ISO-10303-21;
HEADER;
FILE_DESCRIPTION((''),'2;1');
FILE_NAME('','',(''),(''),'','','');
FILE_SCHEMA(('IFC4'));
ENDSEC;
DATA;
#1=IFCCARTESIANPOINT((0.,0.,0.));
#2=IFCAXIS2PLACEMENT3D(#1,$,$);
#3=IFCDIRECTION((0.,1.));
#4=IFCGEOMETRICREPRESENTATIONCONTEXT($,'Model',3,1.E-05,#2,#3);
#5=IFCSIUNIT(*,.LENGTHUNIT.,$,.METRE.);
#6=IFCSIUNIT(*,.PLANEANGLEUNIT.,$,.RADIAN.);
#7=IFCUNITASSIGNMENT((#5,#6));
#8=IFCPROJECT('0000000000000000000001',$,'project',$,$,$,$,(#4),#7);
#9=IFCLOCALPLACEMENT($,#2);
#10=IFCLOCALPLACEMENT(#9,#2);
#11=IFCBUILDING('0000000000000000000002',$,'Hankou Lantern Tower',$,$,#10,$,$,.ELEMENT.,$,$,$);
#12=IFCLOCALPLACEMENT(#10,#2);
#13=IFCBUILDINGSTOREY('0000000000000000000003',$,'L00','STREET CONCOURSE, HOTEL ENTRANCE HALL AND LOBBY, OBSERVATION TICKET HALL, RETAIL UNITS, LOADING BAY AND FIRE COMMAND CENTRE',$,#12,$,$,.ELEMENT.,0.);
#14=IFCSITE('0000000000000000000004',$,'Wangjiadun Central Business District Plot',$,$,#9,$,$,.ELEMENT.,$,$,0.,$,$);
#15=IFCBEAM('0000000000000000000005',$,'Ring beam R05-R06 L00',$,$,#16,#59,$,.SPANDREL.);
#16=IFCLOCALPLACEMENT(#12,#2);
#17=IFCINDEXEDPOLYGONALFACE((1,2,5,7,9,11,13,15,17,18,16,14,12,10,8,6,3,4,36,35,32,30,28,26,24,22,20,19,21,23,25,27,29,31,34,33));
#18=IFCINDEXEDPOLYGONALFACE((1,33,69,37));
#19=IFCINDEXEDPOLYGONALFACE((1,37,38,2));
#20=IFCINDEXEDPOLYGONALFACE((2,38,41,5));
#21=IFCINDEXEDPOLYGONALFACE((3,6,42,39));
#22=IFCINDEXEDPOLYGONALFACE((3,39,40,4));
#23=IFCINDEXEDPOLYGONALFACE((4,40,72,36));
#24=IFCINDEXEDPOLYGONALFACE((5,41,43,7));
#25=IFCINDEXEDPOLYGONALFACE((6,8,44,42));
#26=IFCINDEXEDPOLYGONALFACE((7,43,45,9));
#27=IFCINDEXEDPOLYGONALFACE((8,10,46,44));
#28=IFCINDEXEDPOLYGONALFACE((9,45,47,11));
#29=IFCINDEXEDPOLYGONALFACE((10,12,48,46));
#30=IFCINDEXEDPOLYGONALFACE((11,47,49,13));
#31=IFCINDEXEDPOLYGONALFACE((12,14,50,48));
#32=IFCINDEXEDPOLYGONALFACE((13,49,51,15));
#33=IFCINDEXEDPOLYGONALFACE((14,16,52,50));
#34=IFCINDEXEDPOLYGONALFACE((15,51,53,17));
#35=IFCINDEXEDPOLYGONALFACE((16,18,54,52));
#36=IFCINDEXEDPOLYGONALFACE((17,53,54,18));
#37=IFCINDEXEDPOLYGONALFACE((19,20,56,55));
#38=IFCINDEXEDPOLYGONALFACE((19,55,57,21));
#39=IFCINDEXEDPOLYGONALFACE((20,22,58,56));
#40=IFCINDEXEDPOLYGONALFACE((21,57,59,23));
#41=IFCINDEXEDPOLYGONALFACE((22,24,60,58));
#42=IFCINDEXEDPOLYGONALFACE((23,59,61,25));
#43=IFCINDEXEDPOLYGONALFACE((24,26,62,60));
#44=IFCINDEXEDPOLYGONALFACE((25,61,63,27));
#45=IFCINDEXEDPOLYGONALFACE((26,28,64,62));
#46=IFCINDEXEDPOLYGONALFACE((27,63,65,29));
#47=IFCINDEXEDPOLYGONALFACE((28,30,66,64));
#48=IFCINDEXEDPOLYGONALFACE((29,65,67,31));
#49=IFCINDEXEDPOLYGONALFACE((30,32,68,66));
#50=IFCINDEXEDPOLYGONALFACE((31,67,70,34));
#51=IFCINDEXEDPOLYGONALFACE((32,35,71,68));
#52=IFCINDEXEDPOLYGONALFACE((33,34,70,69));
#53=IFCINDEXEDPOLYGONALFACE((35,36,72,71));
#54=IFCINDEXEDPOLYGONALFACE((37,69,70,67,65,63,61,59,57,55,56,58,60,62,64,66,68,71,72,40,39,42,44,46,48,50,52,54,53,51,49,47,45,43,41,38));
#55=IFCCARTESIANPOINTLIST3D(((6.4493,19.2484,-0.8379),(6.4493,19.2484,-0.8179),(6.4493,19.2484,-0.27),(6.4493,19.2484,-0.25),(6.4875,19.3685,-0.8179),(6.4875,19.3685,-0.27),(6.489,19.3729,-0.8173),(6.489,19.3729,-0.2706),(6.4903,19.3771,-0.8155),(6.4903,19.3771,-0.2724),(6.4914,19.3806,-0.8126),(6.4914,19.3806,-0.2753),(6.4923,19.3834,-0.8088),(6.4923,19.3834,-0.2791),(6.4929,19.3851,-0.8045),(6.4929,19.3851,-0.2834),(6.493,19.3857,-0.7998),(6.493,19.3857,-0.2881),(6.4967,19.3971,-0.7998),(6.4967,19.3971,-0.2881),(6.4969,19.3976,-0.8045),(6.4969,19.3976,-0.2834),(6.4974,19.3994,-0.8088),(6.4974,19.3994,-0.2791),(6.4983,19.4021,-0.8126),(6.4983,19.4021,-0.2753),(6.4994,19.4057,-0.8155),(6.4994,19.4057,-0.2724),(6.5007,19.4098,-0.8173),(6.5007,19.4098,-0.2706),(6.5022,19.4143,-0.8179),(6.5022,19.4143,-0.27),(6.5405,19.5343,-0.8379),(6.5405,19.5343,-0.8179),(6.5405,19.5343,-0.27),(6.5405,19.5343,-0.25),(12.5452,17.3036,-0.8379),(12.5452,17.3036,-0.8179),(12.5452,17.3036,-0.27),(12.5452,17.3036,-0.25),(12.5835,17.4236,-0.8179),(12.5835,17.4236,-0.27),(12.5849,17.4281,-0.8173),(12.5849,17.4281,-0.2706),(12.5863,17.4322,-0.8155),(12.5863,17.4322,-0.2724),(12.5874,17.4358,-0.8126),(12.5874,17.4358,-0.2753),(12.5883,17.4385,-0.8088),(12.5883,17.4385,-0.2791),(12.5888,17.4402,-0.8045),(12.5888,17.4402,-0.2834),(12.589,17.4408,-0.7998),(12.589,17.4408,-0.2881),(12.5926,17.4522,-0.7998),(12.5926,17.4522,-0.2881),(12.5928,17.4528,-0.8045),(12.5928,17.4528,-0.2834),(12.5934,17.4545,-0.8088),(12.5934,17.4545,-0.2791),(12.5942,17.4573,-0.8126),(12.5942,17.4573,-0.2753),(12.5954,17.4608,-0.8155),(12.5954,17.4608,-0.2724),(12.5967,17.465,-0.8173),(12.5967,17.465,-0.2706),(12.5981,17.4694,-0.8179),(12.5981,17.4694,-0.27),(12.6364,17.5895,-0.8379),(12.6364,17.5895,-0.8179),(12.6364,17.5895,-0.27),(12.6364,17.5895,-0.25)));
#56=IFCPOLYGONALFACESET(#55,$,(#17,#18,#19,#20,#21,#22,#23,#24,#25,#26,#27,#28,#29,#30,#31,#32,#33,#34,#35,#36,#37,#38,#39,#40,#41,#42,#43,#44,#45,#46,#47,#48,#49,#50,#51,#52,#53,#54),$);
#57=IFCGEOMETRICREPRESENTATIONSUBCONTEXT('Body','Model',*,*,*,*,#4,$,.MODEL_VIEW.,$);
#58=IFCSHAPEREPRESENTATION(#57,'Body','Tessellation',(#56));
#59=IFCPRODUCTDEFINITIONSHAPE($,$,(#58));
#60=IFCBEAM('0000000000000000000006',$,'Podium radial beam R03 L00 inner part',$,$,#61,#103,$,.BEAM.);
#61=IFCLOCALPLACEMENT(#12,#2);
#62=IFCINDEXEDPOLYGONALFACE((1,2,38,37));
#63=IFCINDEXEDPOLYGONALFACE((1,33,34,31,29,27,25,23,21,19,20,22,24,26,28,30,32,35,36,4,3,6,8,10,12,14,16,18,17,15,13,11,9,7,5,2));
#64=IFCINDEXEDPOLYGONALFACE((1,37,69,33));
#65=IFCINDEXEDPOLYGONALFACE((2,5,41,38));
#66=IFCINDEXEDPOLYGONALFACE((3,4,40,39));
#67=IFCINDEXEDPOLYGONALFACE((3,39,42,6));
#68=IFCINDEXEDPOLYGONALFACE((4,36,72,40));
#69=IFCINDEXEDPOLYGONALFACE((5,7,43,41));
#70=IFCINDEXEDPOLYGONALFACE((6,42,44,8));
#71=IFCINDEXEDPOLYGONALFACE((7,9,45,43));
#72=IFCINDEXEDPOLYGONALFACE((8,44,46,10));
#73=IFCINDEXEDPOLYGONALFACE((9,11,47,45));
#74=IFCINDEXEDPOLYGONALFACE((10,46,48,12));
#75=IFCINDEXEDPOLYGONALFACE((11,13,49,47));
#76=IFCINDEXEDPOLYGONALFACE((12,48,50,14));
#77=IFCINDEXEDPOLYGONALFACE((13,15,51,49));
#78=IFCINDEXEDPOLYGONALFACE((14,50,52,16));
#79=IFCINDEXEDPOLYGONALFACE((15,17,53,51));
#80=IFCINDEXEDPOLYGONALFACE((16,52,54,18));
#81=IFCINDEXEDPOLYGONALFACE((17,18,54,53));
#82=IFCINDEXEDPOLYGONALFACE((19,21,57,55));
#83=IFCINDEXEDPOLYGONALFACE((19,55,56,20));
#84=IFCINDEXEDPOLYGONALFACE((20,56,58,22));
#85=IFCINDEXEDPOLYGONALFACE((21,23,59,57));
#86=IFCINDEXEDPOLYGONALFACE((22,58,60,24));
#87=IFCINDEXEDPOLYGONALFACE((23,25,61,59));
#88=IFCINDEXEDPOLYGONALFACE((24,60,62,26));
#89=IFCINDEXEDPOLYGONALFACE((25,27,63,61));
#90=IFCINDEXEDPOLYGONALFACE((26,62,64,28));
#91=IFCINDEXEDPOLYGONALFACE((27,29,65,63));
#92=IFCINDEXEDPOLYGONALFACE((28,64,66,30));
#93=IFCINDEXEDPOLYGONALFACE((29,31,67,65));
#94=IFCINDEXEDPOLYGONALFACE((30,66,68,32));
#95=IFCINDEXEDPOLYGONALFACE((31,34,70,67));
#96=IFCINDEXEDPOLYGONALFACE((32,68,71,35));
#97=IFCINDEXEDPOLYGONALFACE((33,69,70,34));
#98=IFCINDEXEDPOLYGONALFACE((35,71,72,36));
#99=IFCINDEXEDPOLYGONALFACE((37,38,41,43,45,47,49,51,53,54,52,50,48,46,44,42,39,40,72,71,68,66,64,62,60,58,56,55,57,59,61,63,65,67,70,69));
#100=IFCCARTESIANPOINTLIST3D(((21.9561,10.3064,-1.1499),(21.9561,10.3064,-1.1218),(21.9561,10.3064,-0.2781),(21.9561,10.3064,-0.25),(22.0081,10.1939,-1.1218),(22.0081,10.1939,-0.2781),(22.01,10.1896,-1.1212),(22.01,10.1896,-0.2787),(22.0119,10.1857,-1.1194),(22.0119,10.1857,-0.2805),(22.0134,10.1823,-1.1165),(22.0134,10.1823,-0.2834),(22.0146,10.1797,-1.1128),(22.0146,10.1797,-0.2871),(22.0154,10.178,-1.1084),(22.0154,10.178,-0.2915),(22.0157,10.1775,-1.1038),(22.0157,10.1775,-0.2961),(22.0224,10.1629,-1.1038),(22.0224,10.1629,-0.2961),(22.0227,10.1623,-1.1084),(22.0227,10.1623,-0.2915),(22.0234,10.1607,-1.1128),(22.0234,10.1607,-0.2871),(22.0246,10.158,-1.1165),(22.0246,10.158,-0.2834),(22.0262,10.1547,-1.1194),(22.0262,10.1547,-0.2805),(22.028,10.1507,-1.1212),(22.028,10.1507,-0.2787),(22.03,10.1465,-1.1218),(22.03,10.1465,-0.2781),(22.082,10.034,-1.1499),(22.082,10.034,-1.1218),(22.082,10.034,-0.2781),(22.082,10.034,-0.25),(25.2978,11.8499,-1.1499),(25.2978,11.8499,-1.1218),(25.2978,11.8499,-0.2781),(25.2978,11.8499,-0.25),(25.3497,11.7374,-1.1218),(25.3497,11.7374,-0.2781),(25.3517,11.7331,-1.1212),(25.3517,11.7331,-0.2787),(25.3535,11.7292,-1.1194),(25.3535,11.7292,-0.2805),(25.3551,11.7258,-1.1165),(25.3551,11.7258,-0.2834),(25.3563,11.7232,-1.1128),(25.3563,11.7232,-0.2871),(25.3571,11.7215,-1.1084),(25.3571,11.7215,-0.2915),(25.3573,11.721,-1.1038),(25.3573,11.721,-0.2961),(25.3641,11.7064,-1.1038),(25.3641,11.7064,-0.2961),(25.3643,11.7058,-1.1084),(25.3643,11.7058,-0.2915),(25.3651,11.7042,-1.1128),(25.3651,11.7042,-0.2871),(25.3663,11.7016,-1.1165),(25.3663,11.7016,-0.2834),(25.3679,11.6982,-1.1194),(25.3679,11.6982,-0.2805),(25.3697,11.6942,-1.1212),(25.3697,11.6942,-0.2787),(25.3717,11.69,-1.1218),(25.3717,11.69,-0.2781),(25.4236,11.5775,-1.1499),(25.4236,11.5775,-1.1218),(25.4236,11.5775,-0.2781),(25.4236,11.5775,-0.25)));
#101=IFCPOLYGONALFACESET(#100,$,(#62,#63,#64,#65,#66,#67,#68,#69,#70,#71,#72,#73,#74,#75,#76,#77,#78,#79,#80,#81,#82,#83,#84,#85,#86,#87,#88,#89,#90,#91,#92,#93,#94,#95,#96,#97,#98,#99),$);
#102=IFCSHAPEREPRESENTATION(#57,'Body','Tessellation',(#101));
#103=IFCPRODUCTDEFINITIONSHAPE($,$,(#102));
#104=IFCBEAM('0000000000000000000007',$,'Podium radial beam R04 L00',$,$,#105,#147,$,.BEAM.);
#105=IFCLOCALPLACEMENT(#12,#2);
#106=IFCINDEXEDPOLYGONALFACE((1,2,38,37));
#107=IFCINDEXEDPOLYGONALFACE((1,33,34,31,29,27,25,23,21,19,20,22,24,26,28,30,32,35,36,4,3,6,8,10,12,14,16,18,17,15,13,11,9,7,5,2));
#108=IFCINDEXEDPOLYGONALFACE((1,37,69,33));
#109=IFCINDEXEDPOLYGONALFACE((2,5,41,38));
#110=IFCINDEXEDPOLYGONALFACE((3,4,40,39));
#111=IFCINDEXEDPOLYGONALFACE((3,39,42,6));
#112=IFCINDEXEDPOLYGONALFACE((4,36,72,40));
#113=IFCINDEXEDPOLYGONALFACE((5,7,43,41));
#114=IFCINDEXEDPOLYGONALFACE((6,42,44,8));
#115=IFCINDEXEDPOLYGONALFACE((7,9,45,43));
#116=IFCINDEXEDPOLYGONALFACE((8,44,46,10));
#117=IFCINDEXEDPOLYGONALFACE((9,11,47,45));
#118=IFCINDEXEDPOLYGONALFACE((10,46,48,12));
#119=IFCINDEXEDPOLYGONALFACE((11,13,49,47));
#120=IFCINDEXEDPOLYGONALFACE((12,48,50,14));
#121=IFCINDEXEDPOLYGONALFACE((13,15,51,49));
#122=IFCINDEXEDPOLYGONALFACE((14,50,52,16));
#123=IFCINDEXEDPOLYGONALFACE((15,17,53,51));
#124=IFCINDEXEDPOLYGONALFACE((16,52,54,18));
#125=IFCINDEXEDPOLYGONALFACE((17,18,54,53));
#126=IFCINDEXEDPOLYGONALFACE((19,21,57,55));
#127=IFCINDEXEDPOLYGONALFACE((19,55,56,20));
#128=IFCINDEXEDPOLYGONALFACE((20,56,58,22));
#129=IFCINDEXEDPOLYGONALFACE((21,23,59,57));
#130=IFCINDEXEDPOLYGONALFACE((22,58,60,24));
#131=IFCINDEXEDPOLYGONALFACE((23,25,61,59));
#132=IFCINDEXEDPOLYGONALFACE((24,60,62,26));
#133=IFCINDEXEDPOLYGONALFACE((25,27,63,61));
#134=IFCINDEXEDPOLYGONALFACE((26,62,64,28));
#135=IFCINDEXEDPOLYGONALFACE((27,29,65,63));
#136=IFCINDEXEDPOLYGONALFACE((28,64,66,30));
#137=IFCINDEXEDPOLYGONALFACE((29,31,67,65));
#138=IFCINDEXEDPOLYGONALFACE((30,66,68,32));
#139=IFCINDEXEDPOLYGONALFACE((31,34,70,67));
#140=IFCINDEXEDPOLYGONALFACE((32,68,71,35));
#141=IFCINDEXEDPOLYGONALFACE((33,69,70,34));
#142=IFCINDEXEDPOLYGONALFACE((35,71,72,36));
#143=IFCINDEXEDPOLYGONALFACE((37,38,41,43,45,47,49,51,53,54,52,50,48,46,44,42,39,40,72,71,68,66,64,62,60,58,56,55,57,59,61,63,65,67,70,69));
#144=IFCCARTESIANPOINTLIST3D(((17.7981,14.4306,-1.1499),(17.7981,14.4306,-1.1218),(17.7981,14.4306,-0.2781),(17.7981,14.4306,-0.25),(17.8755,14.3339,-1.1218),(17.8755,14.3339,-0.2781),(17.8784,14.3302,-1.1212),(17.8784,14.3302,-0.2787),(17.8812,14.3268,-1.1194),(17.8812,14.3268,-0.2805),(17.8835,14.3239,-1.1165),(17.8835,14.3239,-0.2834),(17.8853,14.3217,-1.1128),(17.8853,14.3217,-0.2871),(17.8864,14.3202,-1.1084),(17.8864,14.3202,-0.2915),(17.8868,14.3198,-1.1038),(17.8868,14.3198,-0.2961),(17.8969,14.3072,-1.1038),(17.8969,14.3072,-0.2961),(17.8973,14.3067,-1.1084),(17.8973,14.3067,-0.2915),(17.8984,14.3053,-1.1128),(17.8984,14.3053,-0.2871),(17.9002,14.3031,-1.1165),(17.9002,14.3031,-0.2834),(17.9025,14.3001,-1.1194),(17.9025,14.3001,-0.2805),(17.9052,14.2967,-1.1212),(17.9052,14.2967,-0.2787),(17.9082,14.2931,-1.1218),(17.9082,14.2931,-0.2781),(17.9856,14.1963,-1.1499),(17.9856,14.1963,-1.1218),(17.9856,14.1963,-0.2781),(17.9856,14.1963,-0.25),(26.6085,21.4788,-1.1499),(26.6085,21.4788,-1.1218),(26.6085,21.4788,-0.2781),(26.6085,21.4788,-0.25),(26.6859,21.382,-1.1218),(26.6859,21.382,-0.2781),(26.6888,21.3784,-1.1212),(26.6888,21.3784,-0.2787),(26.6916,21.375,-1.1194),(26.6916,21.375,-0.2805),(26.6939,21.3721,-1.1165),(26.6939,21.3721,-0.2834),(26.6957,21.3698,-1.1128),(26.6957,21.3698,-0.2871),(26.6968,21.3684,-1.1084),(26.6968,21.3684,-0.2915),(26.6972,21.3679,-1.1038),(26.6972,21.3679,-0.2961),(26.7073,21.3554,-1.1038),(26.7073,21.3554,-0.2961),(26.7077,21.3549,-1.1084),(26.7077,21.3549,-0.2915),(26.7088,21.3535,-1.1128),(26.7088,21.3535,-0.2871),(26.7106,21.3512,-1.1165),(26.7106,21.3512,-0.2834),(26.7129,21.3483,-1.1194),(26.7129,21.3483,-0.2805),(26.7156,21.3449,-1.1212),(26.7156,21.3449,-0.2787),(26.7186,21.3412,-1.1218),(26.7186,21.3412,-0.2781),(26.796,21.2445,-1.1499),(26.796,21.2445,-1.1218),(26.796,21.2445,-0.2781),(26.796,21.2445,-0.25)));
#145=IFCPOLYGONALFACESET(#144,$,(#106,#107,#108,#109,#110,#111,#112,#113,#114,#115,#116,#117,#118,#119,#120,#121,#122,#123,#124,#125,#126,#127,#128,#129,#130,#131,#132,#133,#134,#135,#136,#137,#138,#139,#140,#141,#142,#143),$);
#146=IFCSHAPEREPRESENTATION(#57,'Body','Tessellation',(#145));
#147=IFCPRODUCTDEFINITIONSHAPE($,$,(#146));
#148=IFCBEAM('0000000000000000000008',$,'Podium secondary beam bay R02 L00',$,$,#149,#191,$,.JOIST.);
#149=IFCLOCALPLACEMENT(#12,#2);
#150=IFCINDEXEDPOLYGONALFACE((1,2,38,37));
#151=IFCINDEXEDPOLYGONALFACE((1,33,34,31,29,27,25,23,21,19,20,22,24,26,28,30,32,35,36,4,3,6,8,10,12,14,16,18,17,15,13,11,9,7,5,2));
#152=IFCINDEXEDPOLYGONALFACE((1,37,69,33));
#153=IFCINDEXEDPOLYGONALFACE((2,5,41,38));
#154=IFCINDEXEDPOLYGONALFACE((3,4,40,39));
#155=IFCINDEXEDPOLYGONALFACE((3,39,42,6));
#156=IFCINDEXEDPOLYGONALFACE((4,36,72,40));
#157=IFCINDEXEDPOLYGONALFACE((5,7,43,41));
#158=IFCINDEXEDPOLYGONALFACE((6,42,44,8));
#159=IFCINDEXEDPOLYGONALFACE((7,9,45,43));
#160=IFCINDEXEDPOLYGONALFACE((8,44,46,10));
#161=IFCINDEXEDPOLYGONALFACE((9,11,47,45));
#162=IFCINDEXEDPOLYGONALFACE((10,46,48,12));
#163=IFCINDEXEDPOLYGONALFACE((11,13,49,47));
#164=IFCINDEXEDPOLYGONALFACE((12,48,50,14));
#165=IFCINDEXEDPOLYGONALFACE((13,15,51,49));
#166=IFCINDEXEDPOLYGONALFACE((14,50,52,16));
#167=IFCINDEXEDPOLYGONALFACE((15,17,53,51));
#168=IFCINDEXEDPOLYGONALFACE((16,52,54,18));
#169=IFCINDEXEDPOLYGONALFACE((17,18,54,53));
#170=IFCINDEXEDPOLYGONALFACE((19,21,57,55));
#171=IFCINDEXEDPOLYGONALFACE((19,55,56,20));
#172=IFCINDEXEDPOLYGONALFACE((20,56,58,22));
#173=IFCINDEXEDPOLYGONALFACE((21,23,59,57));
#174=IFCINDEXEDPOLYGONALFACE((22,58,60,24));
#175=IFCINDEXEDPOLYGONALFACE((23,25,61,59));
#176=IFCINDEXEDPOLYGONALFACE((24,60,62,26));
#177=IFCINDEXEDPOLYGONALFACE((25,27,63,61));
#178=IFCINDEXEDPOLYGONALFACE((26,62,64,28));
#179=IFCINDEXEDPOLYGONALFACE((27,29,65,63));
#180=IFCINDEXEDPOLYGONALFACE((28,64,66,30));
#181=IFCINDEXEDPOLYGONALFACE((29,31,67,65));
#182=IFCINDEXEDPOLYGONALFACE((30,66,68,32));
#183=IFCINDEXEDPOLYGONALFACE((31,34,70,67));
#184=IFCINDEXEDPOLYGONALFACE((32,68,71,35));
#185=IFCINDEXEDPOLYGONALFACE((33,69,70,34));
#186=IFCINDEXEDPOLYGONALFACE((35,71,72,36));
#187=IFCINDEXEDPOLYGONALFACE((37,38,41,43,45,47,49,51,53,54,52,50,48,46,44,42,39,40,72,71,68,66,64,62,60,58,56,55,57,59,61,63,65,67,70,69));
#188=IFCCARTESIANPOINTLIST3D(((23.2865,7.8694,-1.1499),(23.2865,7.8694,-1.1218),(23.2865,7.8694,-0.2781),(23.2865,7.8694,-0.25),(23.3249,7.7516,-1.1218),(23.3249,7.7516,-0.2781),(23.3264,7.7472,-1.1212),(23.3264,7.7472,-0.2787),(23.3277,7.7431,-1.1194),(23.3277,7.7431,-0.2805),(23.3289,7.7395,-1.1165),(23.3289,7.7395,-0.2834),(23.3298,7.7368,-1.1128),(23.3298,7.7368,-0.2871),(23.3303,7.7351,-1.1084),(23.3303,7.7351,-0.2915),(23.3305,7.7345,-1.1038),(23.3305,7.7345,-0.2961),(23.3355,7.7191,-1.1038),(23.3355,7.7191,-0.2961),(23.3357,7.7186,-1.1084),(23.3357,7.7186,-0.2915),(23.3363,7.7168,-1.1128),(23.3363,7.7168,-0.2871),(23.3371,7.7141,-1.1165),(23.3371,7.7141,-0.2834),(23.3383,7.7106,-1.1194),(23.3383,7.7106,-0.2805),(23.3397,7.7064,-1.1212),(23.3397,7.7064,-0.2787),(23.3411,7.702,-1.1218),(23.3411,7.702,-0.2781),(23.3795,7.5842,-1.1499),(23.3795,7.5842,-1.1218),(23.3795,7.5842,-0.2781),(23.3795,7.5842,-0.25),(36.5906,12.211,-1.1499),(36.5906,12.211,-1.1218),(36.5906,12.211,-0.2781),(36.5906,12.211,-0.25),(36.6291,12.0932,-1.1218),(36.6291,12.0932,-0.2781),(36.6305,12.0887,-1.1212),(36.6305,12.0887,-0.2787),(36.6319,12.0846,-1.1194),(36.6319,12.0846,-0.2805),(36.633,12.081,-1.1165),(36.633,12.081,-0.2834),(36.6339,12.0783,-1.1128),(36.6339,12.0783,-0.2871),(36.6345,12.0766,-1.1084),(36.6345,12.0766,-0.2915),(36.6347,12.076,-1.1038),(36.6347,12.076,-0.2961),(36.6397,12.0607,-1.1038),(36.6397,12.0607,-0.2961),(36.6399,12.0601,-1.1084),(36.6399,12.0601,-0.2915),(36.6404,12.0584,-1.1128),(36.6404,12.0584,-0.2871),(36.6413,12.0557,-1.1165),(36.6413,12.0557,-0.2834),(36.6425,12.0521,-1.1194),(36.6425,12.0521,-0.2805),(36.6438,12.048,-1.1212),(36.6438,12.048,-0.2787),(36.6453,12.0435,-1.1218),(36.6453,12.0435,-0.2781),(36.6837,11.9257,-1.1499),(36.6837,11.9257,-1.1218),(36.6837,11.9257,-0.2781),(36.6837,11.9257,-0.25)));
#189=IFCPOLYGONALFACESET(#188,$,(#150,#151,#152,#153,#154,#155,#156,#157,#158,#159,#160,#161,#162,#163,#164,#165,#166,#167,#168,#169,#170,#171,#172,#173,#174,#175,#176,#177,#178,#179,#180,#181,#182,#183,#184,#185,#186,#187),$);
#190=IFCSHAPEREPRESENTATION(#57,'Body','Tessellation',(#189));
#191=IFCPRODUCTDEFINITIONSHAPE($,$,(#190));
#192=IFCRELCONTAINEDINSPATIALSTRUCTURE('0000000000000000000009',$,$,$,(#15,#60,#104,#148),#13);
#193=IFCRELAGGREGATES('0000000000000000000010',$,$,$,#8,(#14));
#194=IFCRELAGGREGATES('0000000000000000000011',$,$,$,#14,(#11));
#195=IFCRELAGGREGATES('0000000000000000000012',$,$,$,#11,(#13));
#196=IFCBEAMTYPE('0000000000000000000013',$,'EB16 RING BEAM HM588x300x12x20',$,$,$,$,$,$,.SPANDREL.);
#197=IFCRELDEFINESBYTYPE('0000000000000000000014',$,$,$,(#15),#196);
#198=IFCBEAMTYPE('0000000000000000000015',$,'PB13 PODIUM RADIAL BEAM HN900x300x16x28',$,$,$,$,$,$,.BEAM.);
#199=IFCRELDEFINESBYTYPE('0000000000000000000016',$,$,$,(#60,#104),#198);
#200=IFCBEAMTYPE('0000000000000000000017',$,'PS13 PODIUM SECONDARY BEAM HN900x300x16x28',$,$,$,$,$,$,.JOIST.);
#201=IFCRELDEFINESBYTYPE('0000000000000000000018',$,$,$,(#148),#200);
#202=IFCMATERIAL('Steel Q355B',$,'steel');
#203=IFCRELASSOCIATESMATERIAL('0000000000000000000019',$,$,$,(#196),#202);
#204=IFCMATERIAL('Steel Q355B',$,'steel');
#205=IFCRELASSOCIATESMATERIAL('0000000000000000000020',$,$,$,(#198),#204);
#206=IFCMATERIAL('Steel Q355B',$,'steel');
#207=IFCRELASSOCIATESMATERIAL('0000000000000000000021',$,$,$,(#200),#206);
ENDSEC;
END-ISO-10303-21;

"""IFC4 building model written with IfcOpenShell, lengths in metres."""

from ifc_helpers import new_model, si_unit, direction, frame, origin, origin_2d, place, context, subcontext, project, spatial, i_section, extrude, material, material_profile, profile_set, type_object, element, save


model = new_model("IFC4")

# Units and contexts
model_context = context("Model", 3, precision=1e-05, world=origin(), true_north=direction((0.0, 1.0)))
body_context = subcontext(model_context, "Body", "Model", "MODEL_VIEW")
ifc_project = project(units=[si_unit("LENGTHUNIT", "METRE"), si_unit("PLANEANGLEUNIT", "RADIAN")], contexts=[model_context])

# Site, building, storey
site_placement = place(None, origin())
site = spatial("IfcSite", under=ifc_project, at=site_placement, Name="Wangjiadun Central Business District Plot", CompositionType="ELEMENT", RefElevation=0.0)
building_placement = place(site_placement, origin())
building = spatial("IfcBuilding", under=site, at=building_placement, Name="Hankou Lantern Tower", CompositionType="ELEMENT")
storey_placement = place(building_placement, origin())
storey = spatial("IfcBuildingStorey", under=building, at=storey_placement, Name="L00", Description="STREET CONCOURSE, HOTEL ENTRANCE HALL AND LOBBY, OBSERVATION TICKET HALL, RETAIL UNITS, LOADING BAY AND FIRE COMMAND CENTRE", CompositionType="ELEMENT", Elevation=0.0)

# Beams
ifc_material_1 = material(Name="Steel Q355B", Category="steel")
ifc_material_profile_1 = material_profile(ifc_material_1, i_section(OverallWidth=0.3, OverallDepth=0.5879, WebThickness=0.012, FlangeThickness=0.02, FilletRadius=0.0181, at=origin_2d()), Name="HM588x300x12x20")
ifc_profile_set_1 = profile_set([ifc_material_profile_1], Name="Steel Q355B")
beam_type_1 = type_object("IfcBeamType", Name="EB16 RING BEAM HM588x300x12x20", PredefinedType="SPANDREL", material=ifc_profile_set_1)
beam_1_placement = place(storey_placement, frame((12.5908, 17.4465, -0.5439), z_axis=(-0.95269, 0.303942, 0.0), x_axis=(-0.303942, -0.95269, 0.0)))
element("IfcBeam", 1, at=beam_1_placement, inside=storey, type_object=beam_type_1, Name="Ring beam R05-R06 L00", PredefinedType="SPANDREL", context=body_context, shape_type="SweptSolid", body=[
    extrude(i_section(OverallWidth=0.3, OverallDepth=0.5879, WebThickness=0.012, FlangeThickness=0.02, FilletRadius=0.0181, at=origin_2d()), origin(), (0.0, 0.0, 1.0), 6.3987),
])
ifc_material_2 = material(Name="Steel Q355B", Category="steel")
ifc_material_profile_2 = material_profile(ifc_material_2, i_section(OverallWidth=0.3, OverallDepth=0.8999, WebThickness=0.0161, FlangeThickness=0.0281, FilletRadius=0.0181, at=origin_2d()), Name="HN900x300x16x28")
ifc_profile_set_2 = profile_set([ifc_material_profile_2], Name="Steel Q355B")
beam_type_2 = type_object("IfcBeamType", Name="PB13 PODIUM RADIAL BEAM HN900x300x16x28", PredefinedType="BEAM", material=ifc_profile_set_2)
beam_2_placement = place(storey_placement, frame((22.019, 10.1702, -0.7), z_axis=(0.907835, 0.419327, 0.0), x_axis=(-0.419327, 0.907835, 0.0)))
element("IfcBeam", 2, at=beam_2_placement, inside=storey, type_object=beam_type_2, Name="Podium radial beam R03 L00 inner part", PredefinedType="BEAM", context=body_context, shape_type="SweptSolid", body=[
    extrude(i_section(OverallWidth=0.3, OverallDepth=0.8999, WebThickness=0.0161, FlangeThickness=0.0281, FilletRadius=0.0181, at=origin_2d()), origin(), (0.0, 0.0, 1.0), 3.6809),
])
beam_3_placement = place(storey_placement, frame((17.8918, 14.3135, -0.7), z_axis=(0.780875, 0.624687, 0.0), x_axis=(-0.624687, 0.780875, 0.0)))
element("IfcBeam", 3, at=beam_3_placement, inside=storey, type_object=beam_type_2, Name="Podium radial beam R04 L00", PredefinedType="BEAM", context=body_context, shape_type="SweptSolid", body=[
    extrude(i_section(OverallWidth=0.3, OverallDepth=0.8999, WebThickness=0.0161, FlangeThickness=0.0281, FilletRadius=0.0181, at=origin_2d()), origin(), (0.0, 0.0, 1.0), 11.2827),
])
ifc_material_3 = material(Name="Steel Q355B", Category="steel")
ifc_material_profile_3 = material_profile(ifc_material_3, i_section(OverallWidth=0.3, OverallDepth=0.8999, WebThickness=0.0161, FlangeThickness=0.0281, FilletRadius=0.0181, at=origin_2d()), Name="HN900x300x16x28")
ifc_profile_set_3 = profile_set([ifc_material_profile_3], Name="Steel Q355B")
beam_type_3 = type_object("IfcBeamType", Name="PS13 PODIUM SECONDARY BEAM HN900x300x16x28", PredefinedType="JOIST", material=ifc_profile_set_3)
beam_4_placement = place(storey_placement, frame((23.333, 7.7268, -0.7), z_axis=(0.950662, 0.310229, 0.0), x_axis=(-0.310229, 0.950662, 0.0)))
element("IfcBeam", 4, at=beam_4_placement, inside=storey, type_object=beam_type_3, Name="Podium secondary beam bay R02 L00", PredefinedType="JOIST", context=body_context, shape_type="SweptSolid", body=[
    extrude(i_section(OverallWidth=0.3, OverallDepth=0.8999, WebThickness=0.0161, FlangeThickness=0.0281, FilletRadius=0.0181, at=origin_2d()), origin(), (0.0, 0.0, 1.0), 13.9946),
])

save(model, "model.ifc")
